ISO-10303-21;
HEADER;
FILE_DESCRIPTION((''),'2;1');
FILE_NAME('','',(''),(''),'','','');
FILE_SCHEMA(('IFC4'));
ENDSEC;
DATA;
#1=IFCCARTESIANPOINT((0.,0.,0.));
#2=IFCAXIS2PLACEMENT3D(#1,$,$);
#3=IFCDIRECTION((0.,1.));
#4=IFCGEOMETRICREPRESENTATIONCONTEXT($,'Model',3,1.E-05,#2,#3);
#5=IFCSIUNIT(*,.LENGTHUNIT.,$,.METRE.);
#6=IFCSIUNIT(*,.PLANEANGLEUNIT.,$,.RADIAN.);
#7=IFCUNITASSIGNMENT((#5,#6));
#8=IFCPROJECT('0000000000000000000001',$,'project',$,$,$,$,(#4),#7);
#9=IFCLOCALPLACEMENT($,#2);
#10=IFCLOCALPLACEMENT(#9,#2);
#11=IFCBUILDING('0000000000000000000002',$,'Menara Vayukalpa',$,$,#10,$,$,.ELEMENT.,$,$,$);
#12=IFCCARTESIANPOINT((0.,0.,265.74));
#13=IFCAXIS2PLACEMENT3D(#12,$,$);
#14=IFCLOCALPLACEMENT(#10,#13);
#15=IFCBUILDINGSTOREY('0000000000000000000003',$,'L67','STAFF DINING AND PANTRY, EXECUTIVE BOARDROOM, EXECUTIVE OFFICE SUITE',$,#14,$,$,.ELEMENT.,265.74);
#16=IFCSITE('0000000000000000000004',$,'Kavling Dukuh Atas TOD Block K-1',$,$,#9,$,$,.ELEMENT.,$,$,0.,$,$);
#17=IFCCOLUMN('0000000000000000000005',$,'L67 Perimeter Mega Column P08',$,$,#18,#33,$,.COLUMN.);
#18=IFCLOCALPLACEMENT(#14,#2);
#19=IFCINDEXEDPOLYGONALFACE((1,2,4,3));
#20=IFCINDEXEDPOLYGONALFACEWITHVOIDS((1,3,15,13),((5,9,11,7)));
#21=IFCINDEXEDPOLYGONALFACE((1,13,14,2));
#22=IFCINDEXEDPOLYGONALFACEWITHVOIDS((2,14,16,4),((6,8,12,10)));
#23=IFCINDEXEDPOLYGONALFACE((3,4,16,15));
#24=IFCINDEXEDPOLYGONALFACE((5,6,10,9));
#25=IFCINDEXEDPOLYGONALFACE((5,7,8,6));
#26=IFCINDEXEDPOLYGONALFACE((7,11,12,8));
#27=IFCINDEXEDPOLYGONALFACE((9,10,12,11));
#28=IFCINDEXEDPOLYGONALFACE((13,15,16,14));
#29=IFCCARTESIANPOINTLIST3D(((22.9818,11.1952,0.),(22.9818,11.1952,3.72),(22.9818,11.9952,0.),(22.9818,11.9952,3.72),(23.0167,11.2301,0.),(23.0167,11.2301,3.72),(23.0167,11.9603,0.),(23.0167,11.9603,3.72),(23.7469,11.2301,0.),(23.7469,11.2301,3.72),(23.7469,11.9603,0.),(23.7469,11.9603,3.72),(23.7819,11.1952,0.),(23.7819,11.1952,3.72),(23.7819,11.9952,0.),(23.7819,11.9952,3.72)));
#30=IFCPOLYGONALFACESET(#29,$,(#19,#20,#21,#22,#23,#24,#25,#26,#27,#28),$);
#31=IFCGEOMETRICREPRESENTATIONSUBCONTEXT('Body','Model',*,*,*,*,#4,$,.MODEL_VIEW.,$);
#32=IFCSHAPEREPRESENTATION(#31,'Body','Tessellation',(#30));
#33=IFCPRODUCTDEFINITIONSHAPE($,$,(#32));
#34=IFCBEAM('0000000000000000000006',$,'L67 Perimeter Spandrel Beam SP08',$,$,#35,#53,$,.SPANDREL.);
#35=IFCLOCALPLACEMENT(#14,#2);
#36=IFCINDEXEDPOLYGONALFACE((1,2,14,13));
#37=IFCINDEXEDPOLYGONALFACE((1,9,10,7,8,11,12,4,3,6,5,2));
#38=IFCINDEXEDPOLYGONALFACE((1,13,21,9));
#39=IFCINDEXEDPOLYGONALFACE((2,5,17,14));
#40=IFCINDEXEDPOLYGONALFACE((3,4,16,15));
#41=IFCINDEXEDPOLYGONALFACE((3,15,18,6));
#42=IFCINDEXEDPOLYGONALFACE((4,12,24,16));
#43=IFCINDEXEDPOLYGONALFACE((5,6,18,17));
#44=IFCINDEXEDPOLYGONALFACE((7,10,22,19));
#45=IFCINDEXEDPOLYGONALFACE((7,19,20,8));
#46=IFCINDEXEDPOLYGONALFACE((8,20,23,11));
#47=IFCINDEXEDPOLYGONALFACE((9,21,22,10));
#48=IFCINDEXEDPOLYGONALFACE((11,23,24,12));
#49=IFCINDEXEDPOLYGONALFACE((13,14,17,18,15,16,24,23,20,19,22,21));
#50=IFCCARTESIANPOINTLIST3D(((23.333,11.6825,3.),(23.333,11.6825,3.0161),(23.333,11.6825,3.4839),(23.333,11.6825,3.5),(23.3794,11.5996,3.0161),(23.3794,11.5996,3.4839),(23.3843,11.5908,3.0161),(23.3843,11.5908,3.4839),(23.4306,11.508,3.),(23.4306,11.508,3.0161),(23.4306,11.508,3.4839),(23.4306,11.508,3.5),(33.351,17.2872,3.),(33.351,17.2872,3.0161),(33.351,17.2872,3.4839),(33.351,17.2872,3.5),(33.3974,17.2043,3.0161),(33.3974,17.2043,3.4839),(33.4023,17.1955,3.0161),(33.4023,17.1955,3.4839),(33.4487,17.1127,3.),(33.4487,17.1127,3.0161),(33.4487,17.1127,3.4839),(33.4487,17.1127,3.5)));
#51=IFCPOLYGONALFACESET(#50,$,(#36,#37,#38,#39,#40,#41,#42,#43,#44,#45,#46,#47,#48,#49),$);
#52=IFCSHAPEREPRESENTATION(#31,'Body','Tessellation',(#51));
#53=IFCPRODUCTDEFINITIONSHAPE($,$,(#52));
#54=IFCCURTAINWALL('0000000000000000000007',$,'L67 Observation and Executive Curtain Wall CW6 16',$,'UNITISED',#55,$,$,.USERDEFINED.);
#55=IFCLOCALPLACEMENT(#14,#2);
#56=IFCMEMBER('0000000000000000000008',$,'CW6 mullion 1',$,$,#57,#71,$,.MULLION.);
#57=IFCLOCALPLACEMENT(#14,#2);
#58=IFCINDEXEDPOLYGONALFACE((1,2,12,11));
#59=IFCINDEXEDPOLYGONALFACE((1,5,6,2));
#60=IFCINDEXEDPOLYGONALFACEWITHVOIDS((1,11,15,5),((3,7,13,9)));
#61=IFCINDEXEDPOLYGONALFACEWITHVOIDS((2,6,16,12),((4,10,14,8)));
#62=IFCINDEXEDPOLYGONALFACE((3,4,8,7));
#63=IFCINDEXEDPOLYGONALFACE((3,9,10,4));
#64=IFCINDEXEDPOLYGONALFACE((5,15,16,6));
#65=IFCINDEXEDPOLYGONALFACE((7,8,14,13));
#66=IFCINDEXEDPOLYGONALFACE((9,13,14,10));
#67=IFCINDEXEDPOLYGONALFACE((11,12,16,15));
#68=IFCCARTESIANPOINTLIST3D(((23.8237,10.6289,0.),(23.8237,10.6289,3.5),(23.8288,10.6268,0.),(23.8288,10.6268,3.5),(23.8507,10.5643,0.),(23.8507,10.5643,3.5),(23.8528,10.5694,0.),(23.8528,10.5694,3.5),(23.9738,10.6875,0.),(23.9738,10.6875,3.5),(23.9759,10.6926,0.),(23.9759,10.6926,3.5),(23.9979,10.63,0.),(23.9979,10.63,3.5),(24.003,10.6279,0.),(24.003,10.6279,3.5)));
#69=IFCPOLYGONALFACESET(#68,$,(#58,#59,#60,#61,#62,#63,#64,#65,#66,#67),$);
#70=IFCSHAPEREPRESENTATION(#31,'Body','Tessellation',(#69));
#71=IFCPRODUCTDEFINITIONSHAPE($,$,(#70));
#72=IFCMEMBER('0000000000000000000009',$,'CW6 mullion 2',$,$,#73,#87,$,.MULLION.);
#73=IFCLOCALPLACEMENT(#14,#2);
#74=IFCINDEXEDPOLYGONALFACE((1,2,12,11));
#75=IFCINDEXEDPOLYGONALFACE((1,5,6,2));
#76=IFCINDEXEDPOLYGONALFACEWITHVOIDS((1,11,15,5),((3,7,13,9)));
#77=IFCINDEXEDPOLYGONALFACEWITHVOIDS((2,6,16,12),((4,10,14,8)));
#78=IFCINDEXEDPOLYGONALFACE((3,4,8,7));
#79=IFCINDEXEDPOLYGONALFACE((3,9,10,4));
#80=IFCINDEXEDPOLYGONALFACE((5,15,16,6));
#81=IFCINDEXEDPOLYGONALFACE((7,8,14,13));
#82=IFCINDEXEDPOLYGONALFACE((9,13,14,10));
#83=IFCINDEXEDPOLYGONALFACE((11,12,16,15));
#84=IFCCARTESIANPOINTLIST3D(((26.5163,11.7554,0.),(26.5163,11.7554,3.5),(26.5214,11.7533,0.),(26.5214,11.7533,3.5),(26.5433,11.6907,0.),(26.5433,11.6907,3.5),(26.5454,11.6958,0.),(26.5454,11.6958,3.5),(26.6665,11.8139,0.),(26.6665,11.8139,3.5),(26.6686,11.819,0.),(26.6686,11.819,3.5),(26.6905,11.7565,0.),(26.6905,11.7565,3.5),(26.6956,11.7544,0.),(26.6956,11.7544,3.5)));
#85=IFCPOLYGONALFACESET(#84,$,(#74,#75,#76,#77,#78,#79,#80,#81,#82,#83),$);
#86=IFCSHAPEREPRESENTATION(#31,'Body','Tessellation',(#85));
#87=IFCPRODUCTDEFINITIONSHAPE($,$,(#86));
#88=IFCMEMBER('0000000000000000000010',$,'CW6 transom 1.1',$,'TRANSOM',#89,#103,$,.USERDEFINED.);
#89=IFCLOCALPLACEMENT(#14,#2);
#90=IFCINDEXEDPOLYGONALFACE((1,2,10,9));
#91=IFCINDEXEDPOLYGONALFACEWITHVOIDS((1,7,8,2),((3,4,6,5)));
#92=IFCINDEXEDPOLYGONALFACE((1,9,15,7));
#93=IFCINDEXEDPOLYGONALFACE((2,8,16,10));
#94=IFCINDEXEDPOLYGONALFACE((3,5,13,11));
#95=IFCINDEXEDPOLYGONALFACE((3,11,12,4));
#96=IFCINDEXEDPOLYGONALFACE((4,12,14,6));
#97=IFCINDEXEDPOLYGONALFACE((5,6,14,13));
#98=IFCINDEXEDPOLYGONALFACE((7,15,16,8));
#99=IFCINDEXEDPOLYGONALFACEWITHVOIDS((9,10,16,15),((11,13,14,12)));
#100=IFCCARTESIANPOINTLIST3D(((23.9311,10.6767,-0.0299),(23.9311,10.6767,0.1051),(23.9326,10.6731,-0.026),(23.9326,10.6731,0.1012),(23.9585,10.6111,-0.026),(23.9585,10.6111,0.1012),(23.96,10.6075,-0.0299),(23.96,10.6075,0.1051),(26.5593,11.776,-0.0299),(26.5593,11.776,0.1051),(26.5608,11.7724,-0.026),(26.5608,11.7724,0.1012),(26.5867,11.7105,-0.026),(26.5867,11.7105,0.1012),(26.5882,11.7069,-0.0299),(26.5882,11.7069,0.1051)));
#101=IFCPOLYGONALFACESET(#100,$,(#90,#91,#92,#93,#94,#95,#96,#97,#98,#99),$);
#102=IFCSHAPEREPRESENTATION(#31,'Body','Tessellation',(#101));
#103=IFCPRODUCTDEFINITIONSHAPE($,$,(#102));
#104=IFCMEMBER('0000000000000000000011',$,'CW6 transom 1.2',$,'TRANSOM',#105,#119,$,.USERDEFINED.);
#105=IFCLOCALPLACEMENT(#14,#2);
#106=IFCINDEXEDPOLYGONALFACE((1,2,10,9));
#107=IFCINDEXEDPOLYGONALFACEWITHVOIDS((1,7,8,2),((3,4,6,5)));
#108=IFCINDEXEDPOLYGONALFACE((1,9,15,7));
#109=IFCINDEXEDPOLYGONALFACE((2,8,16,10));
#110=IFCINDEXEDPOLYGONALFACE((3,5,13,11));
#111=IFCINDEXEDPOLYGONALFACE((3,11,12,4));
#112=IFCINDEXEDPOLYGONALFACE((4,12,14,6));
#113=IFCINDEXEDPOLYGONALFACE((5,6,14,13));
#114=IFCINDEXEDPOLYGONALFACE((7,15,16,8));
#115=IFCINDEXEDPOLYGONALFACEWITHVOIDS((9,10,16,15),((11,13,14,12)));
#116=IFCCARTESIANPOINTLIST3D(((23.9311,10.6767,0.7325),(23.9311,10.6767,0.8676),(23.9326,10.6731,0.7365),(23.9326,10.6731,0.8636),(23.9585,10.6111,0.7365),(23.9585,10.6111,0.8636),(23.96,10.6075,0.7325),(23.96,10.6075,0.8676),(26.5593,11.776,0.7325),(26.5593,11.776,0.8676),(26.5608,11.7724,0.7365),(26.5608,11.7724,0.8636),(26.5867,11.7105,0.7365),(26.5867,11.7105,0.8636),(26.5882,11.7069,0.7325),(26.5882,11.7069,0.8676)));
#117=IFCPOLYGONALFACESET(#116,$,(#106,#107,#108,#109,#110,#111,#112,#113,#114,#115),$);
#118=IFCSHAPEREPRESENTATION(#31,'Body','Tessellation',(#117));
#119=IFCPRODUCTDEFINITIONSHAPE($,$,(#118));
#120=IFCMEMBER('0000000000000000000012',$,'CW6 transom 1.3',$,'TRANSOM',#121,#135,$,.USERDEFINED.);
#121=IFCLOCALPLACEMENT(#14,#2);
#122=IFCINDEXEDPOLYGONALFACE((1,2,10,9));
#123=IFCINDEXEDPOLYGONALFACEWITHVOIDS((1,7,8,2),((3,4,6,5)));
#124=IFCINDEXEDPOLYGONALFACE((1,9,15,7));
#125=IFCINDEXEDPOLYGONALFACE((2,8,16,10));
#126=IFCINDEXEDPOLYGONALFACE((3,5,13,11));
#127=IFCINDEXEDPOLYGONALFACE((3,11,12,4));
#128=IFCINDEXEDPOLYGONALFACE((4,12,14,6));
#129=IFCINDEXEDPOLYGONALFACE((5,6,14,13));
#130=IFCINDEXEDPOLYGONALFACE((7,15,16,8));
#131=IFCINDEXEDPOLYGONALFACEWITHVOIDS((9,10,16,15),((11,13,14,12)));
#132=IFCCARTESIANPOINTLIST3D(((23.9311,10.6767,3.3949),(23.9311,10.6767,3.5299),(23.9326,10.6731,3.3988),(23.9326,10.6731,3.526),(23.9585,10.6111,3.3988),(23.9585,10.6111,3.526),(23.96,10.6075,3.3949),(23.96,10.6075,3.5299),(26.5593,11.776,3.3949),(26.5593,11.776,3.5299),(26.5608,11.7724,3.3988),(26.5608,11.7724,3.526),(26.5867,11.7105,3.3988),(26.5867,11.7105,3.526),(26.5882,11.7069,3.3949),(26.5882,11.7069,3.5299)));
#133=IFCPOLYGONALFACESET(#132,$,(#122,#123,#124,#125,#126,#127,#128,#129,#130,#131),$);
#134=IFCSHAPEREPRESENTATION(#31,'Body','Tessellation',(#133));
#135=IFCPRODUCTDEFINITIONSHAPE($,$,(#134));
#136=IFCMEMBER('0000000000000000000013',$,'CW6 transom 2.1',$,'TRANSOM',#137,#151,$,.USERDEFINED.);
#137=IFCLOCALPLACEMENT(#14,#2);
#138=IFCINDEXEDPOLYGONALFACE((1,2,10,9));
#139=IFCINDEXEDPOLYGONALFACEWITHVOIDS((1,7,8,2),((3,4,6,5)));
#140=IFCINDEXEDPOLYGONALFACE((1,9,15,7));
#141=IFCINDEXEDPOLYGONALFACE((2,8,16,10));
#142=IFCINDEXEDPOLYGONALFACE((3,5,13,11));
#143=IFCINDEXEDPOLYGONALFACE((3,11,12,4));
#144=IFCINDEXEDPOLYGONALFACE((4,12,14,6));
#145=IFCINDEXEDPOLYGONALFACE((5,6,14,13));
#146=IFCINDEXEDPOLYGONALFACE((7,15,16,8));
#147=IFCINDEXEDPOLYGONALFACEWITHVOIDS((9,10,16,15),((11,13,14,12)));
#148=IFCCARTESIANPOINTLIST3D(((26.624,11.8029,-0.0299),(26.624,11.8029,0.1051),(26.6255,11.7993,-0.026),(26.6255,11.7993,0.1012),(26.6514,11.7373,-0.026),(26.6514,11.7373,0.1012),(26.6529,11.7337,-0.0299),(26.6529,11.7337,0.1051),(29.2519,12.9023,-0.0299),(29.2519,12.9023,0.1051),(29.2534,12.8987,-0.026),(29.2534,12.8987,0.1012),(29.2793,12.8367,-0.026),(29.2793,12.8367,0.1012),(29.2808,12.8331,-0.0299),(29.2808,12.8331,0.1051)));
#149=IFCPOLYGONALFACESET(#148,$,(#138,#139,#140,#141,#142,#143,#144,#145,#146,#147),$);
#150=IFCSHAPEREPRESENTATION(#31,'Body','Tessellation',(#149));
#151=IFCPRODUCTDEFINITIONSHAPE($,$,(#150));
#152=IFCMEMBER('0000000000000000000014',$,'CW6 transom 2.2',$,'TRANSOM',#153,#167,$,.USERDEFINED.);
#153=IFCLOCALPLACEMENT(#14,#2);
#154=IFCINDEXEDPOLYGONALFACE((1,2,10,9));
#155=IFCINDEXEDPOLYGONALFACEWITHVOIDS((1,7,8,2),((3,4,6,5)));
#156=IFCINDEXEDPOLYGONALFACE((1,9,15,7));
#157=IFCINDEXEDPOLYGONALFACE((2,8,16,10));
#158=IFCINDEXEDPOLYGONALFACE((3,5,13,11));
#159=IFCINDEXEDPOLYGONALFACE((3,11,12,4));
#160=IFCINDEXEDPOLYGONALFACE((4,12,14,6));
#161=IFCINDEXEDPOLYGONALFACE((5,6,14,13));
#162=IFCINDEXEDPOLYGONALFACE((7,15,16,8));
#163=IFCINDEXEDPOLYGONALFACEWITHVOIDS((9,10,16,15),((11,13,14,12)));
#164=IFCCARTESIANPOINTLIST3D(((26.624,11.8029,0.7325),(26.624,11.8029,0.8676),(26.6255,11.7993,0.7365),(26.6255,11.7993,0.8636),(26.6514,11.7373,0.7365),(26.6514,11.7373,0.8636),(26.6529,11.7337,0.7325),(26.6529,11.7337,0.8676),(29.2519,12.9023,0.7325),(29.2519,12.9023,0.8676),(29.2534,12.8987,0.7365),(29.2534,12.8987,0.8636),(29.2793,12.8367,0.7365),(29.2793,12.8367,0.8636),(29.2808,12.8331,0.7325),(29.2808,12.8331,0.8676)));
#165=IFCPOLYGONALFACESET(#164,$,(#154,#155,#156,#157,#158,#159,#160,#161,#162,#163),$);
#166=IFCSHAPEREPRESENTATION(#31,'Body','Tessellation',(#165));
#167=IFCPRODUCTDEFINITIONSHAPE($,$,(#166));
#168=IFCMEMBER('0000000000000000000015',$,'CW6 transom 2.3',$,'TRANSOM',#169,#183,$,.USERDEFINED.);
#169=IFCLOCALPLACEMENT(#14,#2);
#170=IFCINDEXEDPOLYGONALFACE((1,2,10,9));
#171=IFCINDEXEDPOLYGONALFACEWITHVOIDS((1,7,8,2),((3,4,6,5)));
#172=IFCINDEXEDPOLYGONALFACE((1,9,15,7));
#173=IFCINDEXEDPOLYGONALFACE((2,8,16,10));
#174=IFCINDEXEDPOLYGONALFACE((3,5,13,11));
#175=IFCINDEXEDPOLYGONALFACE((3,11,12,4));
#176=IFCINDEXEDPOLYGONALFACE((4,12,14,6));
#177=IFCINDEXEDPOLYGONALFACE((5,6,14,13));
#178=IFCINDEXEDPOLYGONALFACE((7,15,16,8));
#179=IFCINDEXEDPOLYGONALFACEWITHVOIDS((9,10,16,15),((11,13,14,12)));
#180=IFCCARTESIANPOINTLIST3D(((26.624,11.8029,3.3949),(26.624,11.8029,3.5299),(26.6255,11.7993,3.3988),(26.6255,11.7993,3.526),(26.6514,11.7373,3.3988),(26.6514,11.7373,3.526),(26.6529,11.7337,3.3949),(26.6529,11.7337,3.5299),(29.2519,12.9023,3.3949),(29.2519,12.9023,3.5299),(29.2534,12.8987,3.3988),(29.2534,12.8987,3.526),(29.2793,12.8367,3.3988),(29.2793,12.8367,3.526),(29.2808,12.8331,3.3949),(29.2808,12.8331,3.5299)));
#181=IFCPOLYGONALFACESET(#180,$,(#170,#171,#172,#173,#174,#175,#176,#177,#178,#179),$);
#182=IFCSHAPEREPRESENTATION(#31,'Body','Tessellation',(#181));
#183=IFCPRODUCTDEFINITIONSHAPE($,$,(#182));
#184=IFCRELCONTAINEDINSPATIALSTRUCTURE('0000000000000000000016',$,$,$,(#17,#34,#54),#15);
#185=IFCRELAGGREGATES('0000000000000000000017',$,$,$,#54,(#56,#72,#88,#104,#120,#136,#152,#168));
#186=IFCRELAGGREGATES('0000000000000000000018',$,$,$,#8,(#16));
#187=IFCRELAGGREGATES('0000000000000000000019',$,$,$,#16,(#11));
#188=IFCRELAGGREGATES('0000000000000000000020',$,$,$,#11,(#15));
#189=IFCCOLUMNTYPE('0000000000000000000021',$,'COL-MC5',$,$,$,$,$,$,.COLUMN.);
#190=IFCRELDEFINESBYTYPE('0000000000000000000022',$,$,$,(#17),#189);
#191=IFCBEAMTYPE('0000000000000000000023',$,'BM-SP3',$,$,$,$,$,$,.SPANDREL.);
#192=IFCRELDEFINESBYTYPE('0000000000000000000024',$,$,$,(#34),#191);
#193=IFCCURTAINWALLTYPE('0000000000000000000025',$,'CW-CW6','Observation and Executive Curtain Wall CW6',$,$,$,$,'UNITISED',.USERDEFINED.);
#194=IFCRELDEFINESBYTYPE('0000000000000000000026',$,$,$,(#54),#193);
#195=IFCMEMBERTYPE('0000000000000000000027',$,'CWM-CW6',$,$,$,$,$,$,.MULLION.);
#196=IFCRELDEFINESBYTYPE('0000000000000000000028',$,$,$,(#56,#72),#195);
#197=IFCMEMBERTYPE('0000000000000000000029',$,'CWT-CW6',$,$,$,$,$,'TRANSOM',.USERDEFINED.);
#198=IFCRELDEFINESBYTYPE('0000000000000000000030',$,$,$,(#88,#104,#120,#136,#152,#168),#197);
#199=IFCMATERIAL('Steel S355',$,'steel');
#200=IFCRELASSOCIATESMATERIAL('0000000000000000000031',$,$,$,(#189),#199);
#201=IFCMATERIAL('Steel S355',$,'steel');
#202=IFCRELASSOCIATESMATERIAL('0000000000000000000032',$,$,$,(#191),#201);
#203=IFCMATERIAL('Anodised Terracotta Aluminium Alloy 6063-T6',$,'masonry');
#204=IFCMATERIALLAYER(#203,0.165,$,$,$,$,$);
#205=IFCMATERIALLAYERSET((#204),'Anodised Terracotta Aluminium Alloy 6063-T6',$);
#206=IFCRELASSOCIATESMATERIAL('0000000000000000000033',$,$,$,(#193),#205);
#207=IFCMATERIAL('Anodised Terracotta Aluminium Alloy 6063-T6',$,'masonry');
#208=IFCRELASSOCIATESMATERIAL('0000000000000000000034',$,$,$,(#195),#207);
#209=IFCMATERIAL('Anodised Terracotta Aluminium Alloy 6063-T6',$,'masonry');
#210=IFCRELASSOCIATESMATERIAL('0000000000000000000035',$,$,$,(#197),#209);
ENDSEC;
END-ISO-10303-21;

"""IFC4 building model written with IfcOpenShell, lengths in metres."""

from ifc_helpers import new_model, si_unit, direction, frame, origin, origin_2d, place, context, subcontext, project, spatial, hollow_rectangle, i_section, extrude, material, layer, layer_set, material_profile, profile_set, type_object, element, aggregate, save


model = new_model("IFC4")

# Units and contexts
model_context = context("Model", 3, precision=1e-05, world=origin(), true_north=direction((0.0, 1.0)))
body_context = subcontext(model_context, "Body", "Model", "MODEL_VIEW")
ifc_project = project(units=[si_unit("LENGTHUNIT", "METRE"), si_unit("PLANEANGLEUNIT", "RADIAN")], contexts=[model_context])

# Site, building, storey
site_placement = place(None, origin())
site = spatial("IfcSite", under=ifc_project, at=site_placement, Name="Kavling Dukuh Atas TOD Block K-1", CompositionType="ELEMENT", RefElevation=0.0)
building_placement = place(site_placement, origin())
building = spatial("IfcBuilding", under=site, at=building_placement, Name="Menara Vayukalpa", CompositionType="ELEMENT")
storey_placement = place(building_placement, frame((0.0, 0.0, 265.74)))
storey = spatial("IfcBuildingStorey", under=building, at=storey_placement, Name="L67", Description="STAFF DINING AND PANTRY, EXECUTIVE BOARDROOM, EXECUTIVE OFFICE SUITE", CompositionType="ELEMENT", Elevation=265.74)

# Column
ifc_material_1 = material(Name="Steel S355", Category="steel")
ifc_material_profile_1 = material_profile(ifc_material_1, hollow_rectangle(XDim=0.8, YDim=0.8, WallThickness=0.0349, at=origin_2d()), Name="BOX 800x800x35")
ifc_profile_set_1 = profile_set([ifc_material_profile_1], Name="Steel S355")
column_type = type_object("IfcColumnType", Name="COL-MC5", PredefinedType="COLUMN", material=ifc_profile_set_1)
column_placement = place(storey_placement, frame((23.3818, 11.5952, 0.0), z_axis=(0.0, 0.0, 1.0), x_axis=(1.0, 0.0, 0.0)))
element("IfcColumn", 1, at=column_placement, inside=storey, type_object=column_type, Name="L67 Perimeter Mega Column P08", PredefinedType="COLUMN", context=body_context, shape_type="SweptSolid", body=[
    extrude(hollow_rectangle(XDim=0.8, YDim=0.8, WallThickness=0.0349, at=origin_2d()), origin(), (0.0, 0.0, 1.0), 3.72),
])

# Beam
ifc_material_2 = material(Name="Steel S355", Category="steel")
ifc_material_profile_2 = material_profile(ifc_material_2, i_section(OverallWidth=0.2, OverallDepth=0.5, WebThickness=0.01, FlangeThickness=0.0161, at=origin_2d()), Name="WF 500x200x10x16")
ifc_profile_set_2 = profile_set([ifc_material_profile_2], Name="Steel S355")
beam_type = type_object("IfcBeamType", Name="BM-SP3", PredefinedType="SPANDREL", material=ifc_profile_set_2)
beam_placement = place(storey_placement, frame((23.3818, 11.5952, 3.25), z_axis=(0.872706, 0.488246, 0.0), x_axis=(-0.488246, 0.872706, 0.0)))
element("IfcBeam", 2, at=beam_placement, inside=storey, type_object=beam_type, Name="L67 Perimeter Spandrel Beam SP08", PredefinedType="SPANDREL", context=body_context, shape_type="SweptSolid", body=[
    extrude(i_section(OverallWidth=0.2, OverallDepth=0.5, WebThickness=0.01, FlangeThickness=0.0161, at=origin_2d()), origin(), (0.0, 0.0, 1.0), 11.4792),
])

# Curtain wall, members
ifc_material_3 = material(Name="Anodised Terracotta Aluminium Alloy 6063-T6", Category="masonry")
ifc_layer_1 = layer(ifc_material_3, 0.165)
ifc_layer_set_1 = layer_set([ifc_layer_1], Name="Anodised Terracotta Aluminium Alloy 6063-T6")
curtain_wall_type = type_object("IfcCurtainWallType", Name="CW-CW6", Description="Observation and Executive Curtain Wall CW6", ElementType="UNITISED", PredefinedType="USERDEFINED", material=ifc_layer_set_1)
curtain_wall_placement = place(storey_placement, origin())
curtain_wall = element("IfcCurtainWall", 3, at=curtain_wall_placement, inside=storey, type_object=curtain_wall_type, Name="L67 Observation and Executive Curtain Wall CW6 16", ObjectType="UNITISED", PredefinedType="USERDEFINED")
ifc_material_4 = material(Name="Anodised Terracotta Aluminium Alloy 6063-T6", Category="masonry")
ifc_material_profile_3 = material_profile(ifc_material_4, hollow_rectangle(XDim=0.0701, YDim=0.165, WallThickness=0.0039, at=origin_2d()), Name="ALU 70x165x4")
ifc_profile_set_3 = profile_set([ifc_material_profile_3], Name="Anodised Terracotta Aluminium Alloy 6063-T6")
member_type_1 = type_object("IfcMemberType", Name="CWM-CW6", PredefinedType="MULLION", material=ifc_profile_set_3)
member_1_placement = place(storey_placement, frame((23.9133, 10.6284, 0.0), z_axis=(0.0, 0.0, 1.0), x_axis=(-0.3859, 0.922541, 0.0)))
member_1 = element("IfcMember", 4, at=member_1_placement, type_object=member_type_1, Name="CW6 mullion 1", PredefinedType="MULLION", context=body_context, shape_type="SweptSolid", body=[
    extrude(hollow_rectangle(XDim=0.0701, YDim=0.165, WallThickness=0.0039, at=origin_2d()), origin(), (0.0, 0.0, 1.0), 3.5),
])
member_2_placement = place(storey_placement, frame((26.606, 11.7549, 0.0), z_axis=(0.0, 0.0, 1.0), x_axis=(-0.3859, 0.922541, 0.0)))
member_2 = element("IfcMember", 5, at=member_2_placement, type_object=member_type_1, Name="CW6 mullion 2", PredefinedType="MULLION", context=body_context, shape_type="SweptSolid", body=[
    extrude(hollow_rectangle(XDim=0.0701, YDim=0.165, WallThickness=0.0039, at=origin_2d()), origin(), (0.0, 0.0, 1.0), 3.5),
])
ifc_material_5 = material(Name="Anodised Terracotta Aluminium Alloy 6063-T6", Category="masonry")
ifc_material_profile_4 = material_profile(ifc_material_5, hollow_rectangle(XDim=0.075, YDim=0.135, WallThickness=0.0039, at=origin_2d()), Name="ALU 75x135x4")
ifc_profile_set_4 = profile_set([ifc_material_profile_4], Name="Anodised Terracotta Aluminium Alloy 6063-T6")
member_type_2 = type_object("IfcMemberType", Name="CWT-CW6", ElementType="TRANSOM", PredefinedType="USERDEFINED", material=ifc_profile_set_4)
member_3_placement = place(storey_placement, frame((23.9456, 10.6421, 0.0376), z_axis=(0.922541, 0.385899, 0.0), x_axis=(-0.385899, 0.922541, 0.0)))
member_3 = element("IfcMember", 6, at=member_3_placement, type_object=member_type_2, Name="CW6 transom 1.1", ObjectType="TRANSOM", PredefinedType="USERDEFINED", context=body_context, shape_type="SweptSolid", body=[
    extrude(hollow_rectangle(XDim=0.075, YDim=0.135, WallThickness=0.0039, at=origin_2d()), origin(), (0.0, 0.0, 1.0), 2.8489),
])
member_4_placement = place(storey_placement, frame((23.9456, 10.6421, 0.8), z_axis=(0.922541, 0.385899, 0.0), x_axis=(-0.385899, 0.922541, 0.0)))
member_4 = element("IfcMember", 7, at=member_4_placement, type_object=member_type_2, Name="CW6 transom 1.2", ObjectType="TRANSOM", PredefinedType="USERDEFINED", context=body_context, shape_type="SweptSolid", body=[
    extrude(hollow_rectangle(XDim=0.075, YDim=0.135, WallThickness=0.0039, at=origin_2d()), origin(), (0.0, 0.0, 1.0), 2.8489),
])
member_5_placement = place(storey_placement, frame((23.9456, 10.6421, 3.4624), z_axis=(0.922541, 0.385899, 0.0), x_axis=(-0.385899, 0.922541, 0.0)))
member_5 = element("IfcMember", 8, at=member_5_placement, type_object=member_type_2, Name="CW6 transom 1.3", ObjectType="TRANSOM", PredefinedType="USERDEFINED", context=body_context, shape_type="SweptSolid", body=[
    extrude(hollow_rectangle(XDim=0.075, YDim=0.135, WallThickness=0.0039, at=origin_2d()), origin(), (0.0, 0.0, 1.0), 2.8489),
])
member_6_placement = place(storey_placement, frame((26.6384, 11.7683, 0.0376), z_axis=(0.922528, 0.385929, 0.0), x_axis=(-0.385929, 0.922528, 0.0)))
member_6 = element("IfcMember", 9, at=member_6_placement, type_object=member_type_2, Name="CW6 transom 2.1", ObjectType="TRANSOM", PredefinedType="USERDEFINED", context=body_context, shape_type="SweptSolid", body=[
    extrude(hollow_rectangle(XDim=0.075, YDim=0.135, WallThickness=0.0039, at=origin_2d()), origin(), (0.0, 0.0, 1.0), 2.8486),
])
member_7_placement = place(storey_placement, frame((26.6384, 11.7683, 0.8), z_axis=(0.922528, 0.385929, 0.0), x_axis=(-0.385929, 0.922528, 0.0)))
member_7 = element("IfcMember", 10, at=member_7_placement, type_object=member_type_2, Name="CW6 transom 2.2", ObjectType="TRANSOM", PredefinedType="USERDEFINED", context=body_context, shape_type="SweptSolid", body=[
    extrude(hollow_rectangle(XDim=0.075, YDim=0.135, WallThickness=0.0039, at=origin_2d()), origin(), (0.0, 0.0, 1.0), 2.8486),
])
member_8_placement = place(storey_placement, frame((26.6384, 11.7683, 3.4624), z_axis=(0.922528, 0.385929, 0.0), x_axis=(-0.385929, 0.922528, 0.0)))
member_8 = element("IfcMember", 11, at=member_8_placement, type_object=member_type_2, Name="CW6 transom 2.3", ObjectType="TRANSOM", PredefinedType="USERDEFINED", context=body_context, shape_type="SweptSolid", body=[
    extrude(hollow_rectangle(XDim=0.075, YDim=0.135, WallThickness=0.0039, at=origin_2d()), origin(), (0.0, 0.0, 1.0), 2.8486),
])
aggregate(curtain_wall, [member_1, member_2, member_3, member_4, member_5, member_6, member_7, member_8])

save(model, "model.ifc")
